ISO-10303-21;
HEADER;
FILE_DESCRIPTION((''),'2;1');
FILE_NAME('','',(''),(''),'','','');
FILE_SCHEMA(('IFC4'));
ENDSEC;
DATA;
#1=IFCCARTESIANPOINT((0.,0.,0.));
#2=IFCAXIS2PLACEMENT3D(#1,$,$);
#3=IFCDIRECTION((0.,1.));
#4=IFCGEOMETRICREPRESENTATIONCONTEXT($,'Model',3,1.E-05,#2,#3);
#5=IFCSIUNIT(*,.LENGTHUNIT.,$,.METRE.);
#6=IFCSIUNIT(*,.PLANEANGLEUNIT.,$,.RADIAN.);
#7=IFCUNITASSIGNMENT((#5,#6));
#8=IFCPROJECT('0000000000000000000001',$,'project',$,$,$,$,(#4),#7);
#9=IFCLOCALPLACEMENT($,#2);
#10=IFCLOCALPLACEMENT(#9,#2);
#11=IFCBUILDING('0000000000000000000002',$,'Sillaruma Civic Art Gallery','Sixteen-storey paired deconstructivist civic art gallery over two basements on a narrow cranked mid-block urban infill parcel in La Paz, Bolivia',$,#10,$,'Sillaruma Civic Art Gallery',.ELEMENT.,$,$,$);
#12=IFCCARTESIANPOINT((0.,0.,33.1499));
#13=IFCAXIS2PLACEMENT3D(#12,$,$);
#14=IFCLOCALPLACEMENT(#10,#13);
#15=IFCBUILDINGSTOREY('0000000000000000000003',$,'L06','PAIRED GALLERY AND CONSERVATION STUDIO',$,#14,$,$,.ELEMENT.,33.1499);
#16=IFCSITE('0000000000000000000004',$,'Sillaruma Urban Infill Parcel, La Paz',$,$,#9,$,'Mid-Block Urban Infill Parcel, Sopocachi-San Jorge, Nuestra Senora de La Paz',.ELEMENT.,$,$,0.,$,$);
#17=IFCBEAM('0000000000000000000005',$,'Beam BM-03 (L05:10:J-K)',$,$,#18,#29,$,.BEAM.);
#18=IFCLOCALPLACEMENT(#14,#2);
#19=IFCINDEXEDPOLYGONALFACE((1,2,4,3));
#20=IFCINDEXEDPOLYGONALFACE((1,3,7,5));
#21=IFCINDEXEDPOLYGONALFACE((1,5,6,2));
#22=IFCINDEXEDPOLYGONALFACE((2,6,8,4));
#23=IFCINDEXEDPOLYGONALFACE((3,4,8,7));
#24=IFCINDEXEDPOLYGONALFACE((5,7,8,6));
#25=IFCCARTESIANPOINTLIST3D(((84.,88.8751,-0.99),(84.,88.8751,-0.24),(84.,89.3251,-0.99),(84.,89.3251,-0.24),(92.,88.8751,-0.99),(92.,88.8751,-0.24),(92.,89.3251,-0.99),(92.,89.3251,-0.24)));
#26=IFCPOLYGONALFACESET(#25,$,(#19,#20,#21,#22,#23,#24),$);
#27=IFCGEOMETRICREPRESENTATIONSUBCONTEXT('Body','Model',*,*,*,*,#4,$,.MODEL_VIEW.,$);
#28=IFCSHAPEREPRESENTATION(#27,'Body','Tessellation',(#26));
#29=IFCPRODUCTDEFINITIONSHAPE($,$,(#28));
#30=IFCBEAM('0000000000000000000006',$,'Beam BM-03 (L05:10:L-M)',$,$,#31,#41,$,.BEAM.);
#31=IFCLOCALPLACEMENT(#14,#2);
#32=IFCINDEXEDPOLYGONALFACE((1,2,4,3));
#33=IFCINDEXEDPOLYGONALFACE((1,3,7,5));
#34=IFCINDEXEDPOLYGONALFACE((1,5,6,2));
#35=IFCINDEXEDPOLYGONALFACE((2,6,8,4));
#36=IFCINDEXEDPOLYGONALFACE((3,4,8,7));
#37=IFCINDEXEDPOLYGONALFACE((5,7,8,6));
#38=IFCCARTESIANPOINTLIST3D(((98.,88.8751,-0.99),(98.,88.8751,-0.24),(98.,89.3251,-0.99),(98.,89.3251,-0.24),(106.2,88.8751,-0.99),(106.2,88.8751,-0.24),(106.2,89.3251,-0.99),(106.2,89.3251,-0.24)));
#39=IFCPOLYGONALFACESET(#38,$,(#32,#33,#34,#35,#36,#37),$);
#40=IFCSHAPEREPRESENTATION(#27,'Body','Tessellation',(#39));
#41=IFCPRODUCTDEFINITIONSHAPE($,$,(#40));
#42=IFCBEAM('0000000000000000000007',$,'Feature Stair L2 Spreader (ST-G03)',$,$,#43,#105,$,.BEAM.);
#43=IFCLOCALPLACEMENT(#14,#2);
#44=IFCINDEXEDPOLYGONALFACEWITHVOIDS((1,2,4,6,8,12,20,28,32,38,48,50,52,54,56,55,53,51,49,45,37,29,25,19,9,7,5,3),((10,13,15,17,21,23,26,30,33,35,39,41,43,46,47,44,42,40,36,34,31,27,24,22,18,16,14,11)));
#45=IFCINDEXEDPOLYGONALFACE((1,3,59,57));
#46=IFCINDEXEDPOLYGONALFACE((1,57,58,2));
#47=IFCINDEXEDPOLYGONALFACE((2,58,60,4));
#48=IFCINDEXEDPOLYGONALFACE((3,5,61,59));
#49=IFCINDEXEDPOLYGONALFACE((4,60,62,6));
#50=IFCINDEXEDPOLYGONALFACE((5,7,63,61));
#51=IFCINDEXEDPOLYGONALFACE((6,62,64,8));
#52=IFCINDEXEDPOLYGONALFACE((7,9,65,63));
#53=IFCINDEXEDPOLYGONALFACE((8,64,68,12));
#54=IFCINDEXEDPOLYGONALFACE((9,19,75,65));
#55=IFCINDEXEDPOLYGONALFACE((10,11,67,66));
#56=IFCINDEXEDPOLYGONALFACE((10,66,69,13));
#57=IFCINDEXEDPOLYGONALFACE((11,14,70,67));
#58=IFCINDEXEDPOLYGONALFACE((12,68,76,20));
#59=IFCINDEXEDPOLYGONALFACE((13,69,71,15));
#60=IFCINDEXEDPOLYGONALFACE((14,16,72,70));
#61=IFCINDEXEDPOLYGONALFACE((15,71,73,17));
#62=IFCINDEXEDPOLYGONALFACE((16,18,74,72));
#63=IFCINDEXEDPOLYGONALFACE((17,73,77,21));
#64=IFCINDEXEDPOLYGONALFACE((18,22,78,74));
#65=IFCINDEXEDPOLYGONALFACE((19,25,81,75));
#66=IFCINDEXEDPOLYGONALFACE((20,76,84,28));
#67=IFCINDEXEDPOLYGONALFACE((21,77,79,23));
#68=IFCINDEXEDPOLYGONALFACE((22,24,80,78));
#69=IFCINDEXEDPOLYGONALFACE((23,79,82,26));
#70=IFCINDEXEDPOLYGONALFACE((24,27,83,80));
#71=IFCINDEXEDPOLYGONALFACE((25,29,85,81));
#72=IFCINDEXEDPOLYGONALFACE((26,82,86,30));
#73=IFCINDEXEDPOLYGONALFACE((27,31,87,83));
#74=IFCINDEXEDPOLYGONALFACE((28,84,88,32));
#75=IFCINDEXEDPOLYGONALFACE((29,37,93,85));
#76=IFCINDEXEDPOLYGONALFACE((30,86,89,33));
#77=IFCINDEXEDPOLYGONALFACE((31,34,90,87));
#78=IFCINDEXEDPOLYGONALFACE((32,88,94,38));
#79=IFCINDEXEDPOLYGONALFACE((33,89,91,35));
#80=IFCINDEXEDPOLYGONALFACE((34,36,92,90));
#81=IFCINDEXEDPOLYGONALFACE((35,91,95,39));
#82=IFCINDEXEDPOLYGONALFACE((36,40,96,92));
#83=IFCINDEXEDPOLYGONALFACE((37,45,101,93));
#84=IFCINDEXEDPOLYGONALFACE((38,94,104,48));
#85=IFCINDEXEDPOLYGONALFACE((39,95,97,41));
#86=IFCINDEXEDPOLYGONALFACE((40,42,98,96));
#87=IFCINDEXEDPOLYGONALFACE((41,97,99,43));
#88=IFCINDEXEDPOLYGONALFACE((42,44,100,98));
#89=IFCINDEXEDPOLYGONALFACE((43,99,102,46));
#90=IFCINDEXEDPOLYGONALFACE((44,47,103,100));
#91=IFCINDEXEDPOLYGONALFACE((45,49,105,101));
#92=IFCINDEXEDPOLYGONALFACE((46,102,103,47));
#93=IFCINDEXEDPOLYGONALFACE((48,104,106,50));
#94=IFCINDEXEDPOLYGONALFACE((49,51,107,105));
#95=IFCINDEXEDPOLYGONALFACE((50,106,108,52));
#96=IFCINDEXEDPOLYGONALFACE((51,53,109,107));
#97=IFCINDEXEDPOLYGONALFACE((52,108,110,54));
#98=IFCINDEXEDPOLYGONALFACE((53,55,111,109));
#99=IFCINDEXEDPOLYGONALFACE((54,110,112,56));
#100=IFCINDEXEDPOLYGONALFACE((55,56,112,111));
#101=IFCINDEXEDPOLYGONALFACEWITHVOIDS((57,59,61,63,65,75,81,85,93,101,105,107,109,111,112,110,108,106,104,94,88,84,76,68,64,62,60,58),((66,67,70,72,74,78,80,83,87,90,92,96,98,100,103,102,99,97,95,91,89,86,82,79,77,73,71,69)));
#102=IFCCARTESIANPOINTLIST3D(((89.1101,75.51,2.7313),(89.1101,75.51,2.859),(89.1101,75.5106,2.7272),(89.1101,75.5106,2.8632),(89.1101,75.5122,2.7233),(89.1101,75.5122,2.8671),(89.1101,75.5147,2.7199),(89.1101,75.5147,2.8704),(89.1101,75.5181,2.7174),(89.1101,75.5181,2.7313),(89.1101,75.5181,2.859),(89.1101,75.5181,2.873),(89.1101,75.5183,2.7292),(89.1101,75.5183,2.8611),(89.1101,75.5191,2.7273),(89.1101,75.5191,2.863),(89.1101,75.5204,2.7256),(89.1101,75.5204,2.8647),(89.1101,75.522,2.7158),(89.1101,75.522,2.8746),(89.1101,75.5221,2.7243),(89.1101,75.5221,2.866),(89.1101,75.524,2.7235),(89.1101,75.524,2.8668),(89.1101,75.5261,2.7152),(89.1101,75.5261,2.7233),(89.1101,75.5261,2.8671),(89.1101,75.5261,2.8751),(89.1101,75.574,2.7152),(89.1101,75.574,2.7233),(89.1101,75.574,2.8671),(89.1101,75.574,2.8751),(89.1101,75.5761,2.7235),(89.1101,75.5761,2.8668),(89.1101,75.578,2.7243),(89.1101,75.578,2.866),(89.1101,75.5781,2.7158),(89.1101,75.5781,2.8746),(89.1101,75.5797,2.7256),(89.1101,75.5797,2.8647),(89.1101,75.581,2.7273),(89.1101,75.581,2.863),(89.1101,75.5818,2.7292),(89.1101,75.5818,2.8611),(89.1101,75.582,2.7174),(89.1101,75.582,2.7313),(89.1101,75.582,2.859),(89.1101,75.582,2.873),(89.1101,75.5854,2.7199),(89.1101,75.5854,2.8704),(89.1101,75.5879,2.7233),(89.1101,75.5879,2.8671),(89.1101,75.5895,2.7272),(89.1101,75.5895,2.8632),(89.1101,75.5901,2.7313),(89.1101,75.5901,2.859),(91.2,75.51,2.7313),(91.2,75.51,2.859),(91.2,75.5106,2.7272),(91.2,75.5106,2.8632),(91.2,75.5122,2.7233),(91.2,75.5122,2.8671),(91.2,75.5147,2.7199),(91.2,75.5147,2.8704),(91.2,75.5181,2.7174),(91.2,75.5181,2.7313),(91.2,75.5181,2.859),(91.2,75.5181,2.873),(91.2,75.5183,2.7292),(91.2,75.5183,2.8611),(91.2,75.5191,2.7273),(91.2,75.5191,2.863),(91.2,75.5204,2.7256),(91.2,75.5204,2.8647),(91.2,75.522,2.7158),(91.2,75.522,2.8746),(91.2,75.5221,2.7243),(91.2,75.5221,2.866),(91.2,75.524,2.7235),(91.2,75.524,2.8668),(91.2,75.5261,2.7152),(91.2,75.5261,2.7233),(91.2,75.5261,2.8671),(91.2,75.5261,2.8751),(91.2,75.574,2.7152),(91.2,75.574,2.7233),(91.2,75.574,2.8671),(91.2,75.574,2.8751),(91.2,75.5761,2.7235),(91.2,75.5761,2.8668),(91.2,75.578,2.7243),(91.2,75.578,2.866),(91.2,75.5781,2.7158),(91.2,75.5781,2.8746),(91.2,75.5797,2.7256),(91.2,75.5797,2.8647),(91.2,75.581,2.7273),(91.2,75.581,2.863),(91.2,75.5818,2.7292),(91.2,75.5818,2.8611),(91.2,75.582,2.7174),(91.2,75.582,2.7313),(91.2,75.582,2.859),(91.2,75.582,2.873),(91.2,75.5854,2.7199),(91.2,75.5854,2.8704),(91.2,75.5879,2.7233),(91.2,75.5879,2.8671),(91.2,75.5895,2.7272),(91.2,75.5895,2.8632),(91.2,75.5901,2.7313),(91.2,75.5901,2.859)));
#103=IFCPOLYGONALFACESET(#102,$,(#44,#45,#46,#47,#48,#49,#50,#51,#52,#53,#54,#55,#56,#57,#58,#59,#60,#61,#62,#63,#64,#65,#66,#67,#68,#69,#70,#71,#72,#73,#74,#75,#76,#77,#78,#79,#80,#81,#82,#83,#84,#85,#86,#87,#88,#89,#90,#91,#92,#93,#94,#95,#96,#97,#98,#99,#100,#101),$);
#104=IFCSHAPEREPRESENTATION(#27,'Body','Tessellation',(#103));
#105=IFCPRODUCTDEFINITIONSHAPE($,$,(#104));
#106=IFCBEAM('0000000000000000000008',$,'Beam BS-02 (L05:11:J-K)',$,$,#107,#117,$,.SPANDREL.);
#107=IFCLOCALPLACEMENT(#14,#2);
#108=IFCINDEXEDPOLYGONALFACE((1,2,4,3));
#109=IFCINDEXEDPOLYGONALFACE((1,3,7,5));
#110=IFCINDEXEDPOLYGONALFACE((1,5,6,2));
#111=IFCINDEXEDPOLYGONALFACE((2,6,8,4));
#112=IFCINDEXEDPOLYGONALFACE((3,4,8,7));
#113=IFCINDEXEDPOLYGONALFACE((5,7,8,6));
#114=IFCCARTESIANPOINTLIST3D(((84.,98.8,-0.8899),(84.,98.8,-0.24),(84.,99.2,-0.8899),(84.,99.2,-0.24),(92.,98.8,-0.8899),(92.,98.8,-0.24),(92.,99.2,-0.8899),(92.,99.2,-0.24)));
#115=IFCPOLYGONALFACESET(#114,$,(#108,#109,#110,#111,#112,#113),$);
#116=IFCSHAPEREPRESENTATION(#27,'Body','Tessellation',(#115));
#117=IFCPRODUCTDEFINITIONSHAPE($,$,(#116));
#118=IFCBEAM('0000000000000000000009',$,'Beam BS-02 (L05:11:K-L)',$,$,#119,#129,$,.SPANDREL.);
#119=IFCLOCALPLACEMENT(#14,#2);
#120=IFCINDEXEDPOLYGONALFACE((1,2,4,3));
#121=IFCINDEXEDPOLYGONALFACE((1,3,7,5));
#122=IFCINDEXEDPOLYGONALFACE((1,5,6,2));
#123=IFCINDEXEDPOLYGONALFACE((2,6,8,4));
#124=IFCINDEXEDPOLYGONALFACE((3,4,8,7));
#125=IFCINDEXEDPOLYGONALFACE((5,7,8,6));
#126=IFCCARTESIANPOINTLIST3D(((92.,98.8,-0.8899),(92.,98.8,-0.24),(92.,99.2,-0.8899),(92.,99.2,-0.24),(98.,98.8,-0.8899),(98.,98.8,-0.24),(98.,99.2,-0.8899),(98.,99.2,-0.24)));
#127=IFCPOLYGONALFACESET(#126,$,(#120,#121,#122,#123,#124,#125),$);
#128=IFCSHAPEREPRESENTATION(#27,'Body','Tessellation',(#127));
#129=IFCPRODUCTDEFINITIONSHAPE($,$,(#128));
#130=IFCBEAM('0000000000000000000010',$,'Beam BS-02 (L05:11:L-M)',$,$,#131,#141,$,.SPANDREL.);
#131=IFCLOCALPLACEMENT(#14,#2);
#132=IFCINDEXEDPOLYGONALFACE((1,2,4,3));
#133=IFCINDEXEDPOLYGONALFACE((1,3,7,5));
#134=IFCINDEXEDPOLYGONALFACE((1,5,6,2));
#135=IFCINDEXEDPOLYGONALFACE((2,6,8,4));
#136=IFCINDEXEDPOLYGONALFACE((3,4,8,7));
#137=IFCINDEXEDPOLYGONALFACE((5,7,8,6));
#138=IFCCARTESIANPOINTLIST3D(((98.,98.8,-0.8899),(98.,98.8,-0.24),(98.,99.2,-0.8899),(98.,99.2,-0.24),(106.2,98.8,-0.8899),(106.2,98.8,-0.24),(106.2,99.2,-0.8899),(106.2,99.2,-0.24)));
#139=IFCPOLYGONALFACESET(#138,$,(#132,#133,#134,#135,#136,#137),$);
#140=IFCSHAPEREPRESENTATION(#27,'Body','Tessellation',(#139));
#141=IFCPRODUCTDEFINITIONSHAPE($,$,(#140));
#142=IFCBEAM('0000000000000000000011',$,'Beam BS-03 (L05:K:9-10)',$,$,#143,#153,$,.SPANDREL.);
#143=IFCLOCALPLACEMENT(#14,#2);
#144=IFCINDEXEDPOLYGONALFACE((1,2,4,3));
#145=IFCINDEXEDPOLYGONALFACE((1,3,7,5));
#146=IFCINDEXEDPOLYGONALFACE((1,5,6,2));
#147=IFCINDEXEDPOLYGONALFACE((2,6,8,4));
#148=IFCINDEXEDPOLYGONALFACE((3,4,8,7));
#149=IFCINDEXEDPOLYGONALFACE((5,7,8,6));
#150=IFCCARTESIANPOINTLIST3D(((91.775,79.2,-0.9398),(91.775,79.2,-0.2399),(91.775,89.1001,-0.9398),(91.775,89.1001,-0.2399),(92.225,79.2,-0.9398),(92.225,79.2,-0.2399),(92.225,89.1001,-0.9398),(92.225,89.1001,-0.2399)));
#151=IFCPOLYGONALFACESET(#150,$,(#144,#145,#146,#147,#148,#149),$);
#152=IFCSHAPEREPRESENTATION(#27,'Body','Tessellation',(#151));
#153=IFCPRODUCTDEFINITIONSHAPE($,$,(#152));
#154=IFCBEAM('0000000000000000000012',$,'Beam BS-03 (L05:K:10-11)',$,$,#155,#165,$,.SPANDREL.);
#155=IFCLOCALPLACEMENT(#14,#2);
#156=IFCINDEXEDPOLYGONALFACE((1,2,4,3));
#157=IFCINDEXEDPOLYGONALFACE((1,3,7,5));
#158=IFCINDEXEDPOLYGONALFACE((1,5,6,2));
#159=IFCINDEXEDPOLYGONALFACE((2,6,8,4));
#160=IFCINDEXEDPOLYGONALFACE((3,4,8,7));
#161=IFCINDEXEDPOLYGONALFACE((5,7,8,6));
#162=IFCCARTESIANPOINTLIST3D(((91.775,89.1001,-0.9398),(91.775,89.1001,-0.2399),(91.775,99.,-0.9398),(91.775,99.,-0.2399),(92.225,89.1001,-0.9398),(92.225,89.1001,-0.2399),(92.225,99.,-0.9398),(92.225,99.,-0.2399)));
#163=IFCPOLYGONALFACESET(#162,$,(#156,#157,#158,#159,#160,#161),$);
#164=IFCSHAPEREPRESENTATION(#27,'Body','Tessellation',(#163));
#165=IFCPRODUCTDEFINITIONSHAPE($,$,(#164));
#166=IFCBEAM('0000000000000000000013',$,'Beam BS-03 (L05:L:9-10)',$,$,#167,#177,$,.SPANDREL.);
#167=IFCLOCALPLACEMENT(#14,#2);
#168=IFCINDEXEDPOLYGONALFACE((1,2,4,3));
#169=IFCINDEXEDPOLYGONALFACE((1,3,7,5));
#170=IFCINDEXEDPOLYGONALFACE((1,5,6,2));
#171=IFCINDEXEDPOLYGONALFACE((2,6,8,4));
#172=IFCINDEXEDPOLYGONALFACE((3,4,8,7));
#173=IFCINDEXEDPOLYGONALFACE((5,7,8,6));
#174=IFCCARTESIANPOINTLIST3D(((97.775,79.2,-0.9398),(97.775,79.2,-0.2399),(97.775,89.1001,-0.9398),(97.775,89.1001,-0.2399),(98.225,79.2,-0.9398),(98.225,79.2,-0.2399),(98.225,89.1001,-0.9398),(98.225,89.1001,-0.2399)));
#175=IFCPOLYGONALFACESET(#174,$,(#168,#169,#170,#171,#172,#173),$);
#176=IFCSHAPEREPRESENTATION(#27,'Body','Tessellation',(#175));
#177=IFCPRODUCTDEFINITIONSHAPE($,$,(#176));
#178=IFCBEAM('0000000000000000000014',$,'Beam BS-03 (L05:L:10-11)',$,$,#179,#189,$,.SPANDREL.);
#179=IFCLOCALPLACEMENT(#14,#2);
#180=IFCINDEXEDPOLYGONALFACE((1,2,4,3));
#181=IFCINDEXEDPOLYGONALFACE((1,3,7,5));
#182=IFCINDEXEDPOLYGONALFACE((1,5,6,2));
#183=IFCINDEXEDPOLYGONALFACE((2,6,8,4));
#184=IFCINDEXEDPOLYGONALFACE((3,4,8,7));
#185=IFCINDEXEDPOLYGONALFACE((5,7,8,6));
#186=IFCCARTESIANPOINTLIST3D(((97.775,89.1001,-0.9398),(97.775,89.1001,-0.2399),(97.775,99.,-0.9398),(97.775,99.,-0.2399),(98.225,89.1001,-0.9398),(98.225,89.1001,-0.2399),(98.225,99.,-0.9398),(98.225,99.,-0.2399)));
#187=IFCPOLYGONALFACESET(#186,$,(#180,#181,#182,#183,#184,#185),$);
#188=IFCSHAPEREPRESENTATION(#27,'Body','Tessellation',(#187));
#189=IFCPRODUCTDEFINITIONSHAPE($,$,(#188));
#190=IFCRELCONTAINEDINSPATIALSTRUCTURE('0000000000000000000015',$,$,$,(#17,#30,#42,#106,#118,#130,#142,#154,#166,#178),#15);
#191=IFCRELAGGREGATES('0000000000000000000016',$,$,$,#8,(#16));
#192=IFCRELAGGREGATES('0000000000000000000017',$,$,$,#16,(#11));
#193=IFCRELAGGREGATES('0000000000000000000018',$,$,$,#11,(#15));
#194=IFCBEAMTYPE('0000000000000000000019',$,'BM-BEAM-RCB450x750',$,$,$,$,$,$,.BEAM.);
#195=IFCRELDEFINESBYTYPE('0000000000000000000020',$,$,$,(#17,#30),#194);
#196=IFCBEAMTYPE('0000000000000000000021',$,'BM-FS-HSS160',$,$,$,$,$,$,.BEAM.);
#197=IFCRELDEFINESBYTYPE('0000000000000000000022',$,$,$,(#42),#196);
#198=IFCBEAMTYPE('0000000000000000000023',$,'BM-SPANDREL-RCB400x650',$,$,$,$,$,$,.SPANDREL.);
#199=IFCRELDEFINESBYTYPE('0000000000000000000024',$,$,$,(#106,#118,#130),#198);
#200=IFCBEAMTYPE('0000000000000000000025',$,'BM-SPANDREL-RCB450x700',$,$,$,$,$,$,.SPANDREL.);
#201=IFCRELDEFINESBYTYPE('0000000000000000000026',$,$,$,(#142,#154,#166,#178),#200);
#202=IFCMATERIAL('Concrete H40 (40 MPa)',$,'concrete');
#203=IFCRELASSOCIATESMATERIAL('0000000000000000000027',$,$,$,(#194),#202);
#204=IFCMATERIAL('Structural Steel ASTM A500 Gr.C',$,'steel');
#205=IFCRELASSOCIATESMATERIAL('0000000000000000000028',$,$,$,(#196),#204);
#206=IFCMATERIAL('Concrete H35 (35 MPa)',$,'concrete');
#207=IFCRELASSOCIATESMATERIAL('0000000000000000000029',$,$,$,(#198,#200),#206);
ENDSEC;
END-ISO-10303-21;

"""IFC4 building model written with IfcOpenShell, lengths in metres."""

from ifc_helpers import new_model, si_unit, direction, frame, origin, origin_2d, place, context, subcontext, project, spatial, rectangle, hollow_rectangle, extrude, material, material_profile, profile_set, type_object, element, save


model = new_model("IFC4")

# Units and contexts
model_context = context("Model", 3, precision=1e-05, world=origin(), true_north=direction((0.0, 1.0)))
body_context = subcontext(model_context, "Body", "Model", "MODEL_VIEW")
ifc_project = project(units=[si_unit("LENGTHUNIT", "METRE"), si_unit("PLANEANGLEUNIT", "RADIAN")], contexts=[model_context])

# Site, building, storey
site_placement = place(None, origin())
site = spatial("IfcSite", under=ifc_project, at=site_placement, Name="Sillaruma Urban Infill Parcel, La Paz", LongName="Mid-Block Urban Infill Parcel, Sopocachi-San Jorge, Nuestra Senora de La Paz", CompositionType="ELEMENT", RefElevation=0.0)
building_placement = place(site_placement, origin())
building = spatial("IfcBuilding", under=site, at=building_placement, Name="Sillaruma Civic Art Gallery", Description="Sixteen-storey paired deconstructivist civic art gallery over two basements on a narrow cranked mid-block urban infill parcel in La Paz, Bolivia", LongName="Sillaruma Civic Art Gallery", CompositionType="ELEMENT")
storey_placement = place(building_placement, frame((0.0, 0.0, 33.1499)))
storey = spatial("IfcBuildingStorey", under=building, at=storey_placement, Name="L06", Description="PAIRED GALLERY AND CONSERVATION STUDIO", CompositionType="ELEMENT", Elevation=33.1499)

# Shared definitions
ifc_material_1 = material(Name="Concrete H40 (40 MPa)", Category="concrete")

# Beams
ifc_material_2 = material(Name="Concrete H35 (35 MPa)", Category="concrete")
ifc_material_profile_1 = material_profile(ifc_material_1, rectangle(XDim=0.45, YDim=0.75, at=origin_2d()), Name="RCB450x750")
ifc_profile_set_1 = profile_set([ifc_material_profile_1], Name="Concrete H40 (40 MPa)")
beam_type_1 = type_object("IfcBeamType", Name="BM-BEAM-RCB450x750", PredefinedType="BEAM", material=ifc_profile_set_1)
beam_1_placement = place(storey_placement, frame((84.0, 89.1001, -0.615), z_axis=(1.0, 0.0, 0.0), x_axis=(0.0, 1.0, 0.0)))
element("IfcBeam", 1, at=beam_1_placement, inside=storey, type_object=beam_type_1, Name="Beam BM-03 (L05:10:J-K)", PredefinedType="BEAM", context=body_context, shape_type="SweptSolid", body=[
    extrude(rectangle(XDim=0.45, YDim=0.75, at=origin_2d()), origin(), (0.0, 0.0, 1.0), 8.0),
])
beam_2_placement = place(storey_placement, frame((98.0, 89.1001, -0.615), z_axis=(1.0, 0.0, 0.0), x_axis=(0.0, 1.0, 0.0)))
element("IfcBeam", 2, at=beam_2_placement, inside=storey, type_object=beam_type_1, Name="Beam BM-03 (L05:10:L-M)", PredefinedType="BEAM", context=body_context, shape_type="SweptSolid", body=[
    extrude(rectangle(XDim=0.45, YDim=0.75, at=origin_2d()), origin(), (0.0, 0.0, 1.0), 8.2),
])
ifc_material_3 = material(Name="Structural Steel ASTM A500 Gr.C", Category="steel")
ifc_material_profile_2 = material_profile(ifc_material_3, hollow_rectangle(XDim=0.0801, YDim=0.1599, WallThickness=0.0081, InnerFilletRadius=0.0081, OuterFilletRadius=0.0161, at=origin_2d()), Name="HSS160x80x8")
ifc_profile_set_2 = profile_set([ifc_material_profile_2], Name="Structural Steel ASTM A500 Gr.C")
beam_type_2 = type_object("IfcBeamType", Name="BM-FS-HSS160", PredefinedType="BEAM", material=ifc_profile_set_2)
beam_3_placement = place(storey_placement, frame((89.1101, 75.55, 2.7952), z_axis=(1.0, 0.0, 0.0), x_axis=(0.0, 1.0, 0.0)))
element("IfcBeam", 3, at=beam_3_placement, inside=storey, type_object=beam_type_2, Name="Feature Stair L2 Spreader (ST-G03)", PredefinedType="BEAM", context=body_context, shape_type="SweptSolid", body=[
    extrude(hollow_rectangle(XDim=0.0801, YDim=0.1599, WallThickness=0.0081, InnerFilletRadius=0.0081, OuterFilletRadius=0.0161, at=origin_2d()), origin(), (0.0, 0.0, 1.0), 2.0898),
])
ifc_material_profile_3 = material_profile(ifc_material_2, rectangle(XDim=0.3999, YDim=0.6499, at=origin_2d()), Name="RCB400x650")
ifc_profile_set_3 = profile_set([ifc_material_profile_3], Name="Concrete H35 (35 MPa)")
beam_type_3 = type_object("IfcBeamType", Name="BM-SPANDREL-RCB400x650", PredefinedType="SPANDREL", material=ifc_profile_set_3)
beam_4_placement = place(storey_placement, frame((84.0, 99.0, -0.5649), z_axis=(1.0, 0.0, 0.0), x_axis=(0.0, 1.0, 0.0)))
element("IfcBeam", 4, at=beam_4_placement, inside=storey, type_object=beam_type_3, Name="Beam BS-02 (L05:11:J-K)", PredefinedType="SPANDREL", context=body_context, shape_type="SweptSolid", body=[
    extrude(rectangle(XDim=0.3999, YDim=0.6499, at=origin_2d()), origin(), (0.0, 0.0, 1.0), 8.0),
])
beam_5_placement = place(storey_placement, frame((92.0, 99.0, -0.5649), z_axis=(1.0, 0.0, 0.0), x_axis=(0.0, 1.0, 0.0)))
element("IfcBeam", 5, at=beam_5_placement, inside=storey, type_object=beam_type_3, Name="Beam BS-02 (L05:11:K-L)", PredefinedType="SPANDREL", context=body_context, shape_type="SweptSolid", body=[
    extrude(rectangle(XDim=0.3999, YDim=0.6499, at=origin_2d()), origin(), (0.0, 0.0, 1.0), 6.0),
])
beam_6_placement = place(storey_placement, frame((98.0, 99.0, -0.5649), z_axis=(1.0, 0.0, 0.0), x_axis=(0.0, 1.0, 0.0)))
element("IfcBeam", 6, at=beam_6_placement, inside=storey, type_object=beam_type_3, Name="Beam BS-02 (L05:11:L-M)", PredefinedType="SPANDREL", context=body_context, shape_type="SweptSolid", body=[
    extrude(rectangle(XDim=0.3999, YDim=0.6499, at=origin_2d()), origin(), (0.0, 0.0, 1.0), 8.2),
])
ifc_material_profile_4 = material_profile(ifc_material_2, rectangle(XDim=0.45, YDim=0.7, at=origin_2d()), Name="RCB450x700")
ifc_profile_set_4 = profile_set([ifc_material_profile_4], Name="Concrete H35 (35 MPa)")
beam_type_4 = type_object("IfcBeamType", Name="BM-SPANDREL-RCB450x700", PredefinedType="SPANDREL", material=ifc_profile_set_4)
beam_7_placement = place(storey_placement, frame((92.0, 79.2, -0.5898), z_axis=(0.0, 1.0, 0.0), x_axis=(-1.0, 0.0, 0.0)))
element("IfcBeam", 7, at=beam_7_placement, inside=storey, type_object=beam_type_4, Name="Beam BS-03 (L05:K:9-10)", PredefinedType="SPANDREL", context=body_context, shape_type="SweptSolid", body=[
    extrude(rectangle(XDim=0.45, YDim=0.7, at=origin_2d()), origin(), (0.0, 0.0, 1.0), 9.9001),
])
beam_8_placement = place(storey_placement, frame((92.0, 89.1001, -0.5898), z_axis=(0.0, 1.0, 0.0), x_axis=(-1.0, 0.0, 0.0)))
element("IfcBeam", 8, at=beam_8_placement, inside=storey, type_object=beam_type_4, Name="Beam BS-03 (L05:K:10-11)", PredefinedType="SPANDREL", context=body_context, shape_type="SweptSolid", body=[
    extrude(rectangle(XDim=0.45, YDim=0.7, at=origin_2d()), origin(), (0.0, 0.0, 1.0), 9.8999),
])
beam_9_placement = place(storey_placement, frame((98.0, 79.2, -0.5898), z_axis=(0.0, 1.0, 0.0), x_axis=(-1.0, 0.0, 0.0)))
element("IfcBeam", 9, at=beam_9_placement, inside=storey, type_object=beam_type_4, Name="Beam BS-03 (L05:L:9-10)", PredefinedType="SPANDREL", context=body_context, shape_type="SweptSolid", body=[
    extrude(rectangle(XDim=0.45, YDim=0.7, at=origin_2d()), origin(), (0.0, 0.0, 1.0), 9.9001),
])
beam_10_placement = place(storey_placement, frame((98.0, 89.1001, -0.5898), z_axis=(0.0, 1.0, 0.0), x_axis=(-1.0, 0.0, 0.0)))
element("IfcBeam", 10, at=beam_10_placement, inside=storey, type_object=beam_type_4, Name="Beam BS-03 (L05:L:10-11)", PredefinedType="SPANDREL", context=body_context, shape_type="SweptSolid", body=[
    extrude(rectangle(XDim=0.45, YDim=0.7, at=origin_2d()), origin(), (0.0, 0.0, 1.0), 9.8999),
])

save(model, "model.ifc")
